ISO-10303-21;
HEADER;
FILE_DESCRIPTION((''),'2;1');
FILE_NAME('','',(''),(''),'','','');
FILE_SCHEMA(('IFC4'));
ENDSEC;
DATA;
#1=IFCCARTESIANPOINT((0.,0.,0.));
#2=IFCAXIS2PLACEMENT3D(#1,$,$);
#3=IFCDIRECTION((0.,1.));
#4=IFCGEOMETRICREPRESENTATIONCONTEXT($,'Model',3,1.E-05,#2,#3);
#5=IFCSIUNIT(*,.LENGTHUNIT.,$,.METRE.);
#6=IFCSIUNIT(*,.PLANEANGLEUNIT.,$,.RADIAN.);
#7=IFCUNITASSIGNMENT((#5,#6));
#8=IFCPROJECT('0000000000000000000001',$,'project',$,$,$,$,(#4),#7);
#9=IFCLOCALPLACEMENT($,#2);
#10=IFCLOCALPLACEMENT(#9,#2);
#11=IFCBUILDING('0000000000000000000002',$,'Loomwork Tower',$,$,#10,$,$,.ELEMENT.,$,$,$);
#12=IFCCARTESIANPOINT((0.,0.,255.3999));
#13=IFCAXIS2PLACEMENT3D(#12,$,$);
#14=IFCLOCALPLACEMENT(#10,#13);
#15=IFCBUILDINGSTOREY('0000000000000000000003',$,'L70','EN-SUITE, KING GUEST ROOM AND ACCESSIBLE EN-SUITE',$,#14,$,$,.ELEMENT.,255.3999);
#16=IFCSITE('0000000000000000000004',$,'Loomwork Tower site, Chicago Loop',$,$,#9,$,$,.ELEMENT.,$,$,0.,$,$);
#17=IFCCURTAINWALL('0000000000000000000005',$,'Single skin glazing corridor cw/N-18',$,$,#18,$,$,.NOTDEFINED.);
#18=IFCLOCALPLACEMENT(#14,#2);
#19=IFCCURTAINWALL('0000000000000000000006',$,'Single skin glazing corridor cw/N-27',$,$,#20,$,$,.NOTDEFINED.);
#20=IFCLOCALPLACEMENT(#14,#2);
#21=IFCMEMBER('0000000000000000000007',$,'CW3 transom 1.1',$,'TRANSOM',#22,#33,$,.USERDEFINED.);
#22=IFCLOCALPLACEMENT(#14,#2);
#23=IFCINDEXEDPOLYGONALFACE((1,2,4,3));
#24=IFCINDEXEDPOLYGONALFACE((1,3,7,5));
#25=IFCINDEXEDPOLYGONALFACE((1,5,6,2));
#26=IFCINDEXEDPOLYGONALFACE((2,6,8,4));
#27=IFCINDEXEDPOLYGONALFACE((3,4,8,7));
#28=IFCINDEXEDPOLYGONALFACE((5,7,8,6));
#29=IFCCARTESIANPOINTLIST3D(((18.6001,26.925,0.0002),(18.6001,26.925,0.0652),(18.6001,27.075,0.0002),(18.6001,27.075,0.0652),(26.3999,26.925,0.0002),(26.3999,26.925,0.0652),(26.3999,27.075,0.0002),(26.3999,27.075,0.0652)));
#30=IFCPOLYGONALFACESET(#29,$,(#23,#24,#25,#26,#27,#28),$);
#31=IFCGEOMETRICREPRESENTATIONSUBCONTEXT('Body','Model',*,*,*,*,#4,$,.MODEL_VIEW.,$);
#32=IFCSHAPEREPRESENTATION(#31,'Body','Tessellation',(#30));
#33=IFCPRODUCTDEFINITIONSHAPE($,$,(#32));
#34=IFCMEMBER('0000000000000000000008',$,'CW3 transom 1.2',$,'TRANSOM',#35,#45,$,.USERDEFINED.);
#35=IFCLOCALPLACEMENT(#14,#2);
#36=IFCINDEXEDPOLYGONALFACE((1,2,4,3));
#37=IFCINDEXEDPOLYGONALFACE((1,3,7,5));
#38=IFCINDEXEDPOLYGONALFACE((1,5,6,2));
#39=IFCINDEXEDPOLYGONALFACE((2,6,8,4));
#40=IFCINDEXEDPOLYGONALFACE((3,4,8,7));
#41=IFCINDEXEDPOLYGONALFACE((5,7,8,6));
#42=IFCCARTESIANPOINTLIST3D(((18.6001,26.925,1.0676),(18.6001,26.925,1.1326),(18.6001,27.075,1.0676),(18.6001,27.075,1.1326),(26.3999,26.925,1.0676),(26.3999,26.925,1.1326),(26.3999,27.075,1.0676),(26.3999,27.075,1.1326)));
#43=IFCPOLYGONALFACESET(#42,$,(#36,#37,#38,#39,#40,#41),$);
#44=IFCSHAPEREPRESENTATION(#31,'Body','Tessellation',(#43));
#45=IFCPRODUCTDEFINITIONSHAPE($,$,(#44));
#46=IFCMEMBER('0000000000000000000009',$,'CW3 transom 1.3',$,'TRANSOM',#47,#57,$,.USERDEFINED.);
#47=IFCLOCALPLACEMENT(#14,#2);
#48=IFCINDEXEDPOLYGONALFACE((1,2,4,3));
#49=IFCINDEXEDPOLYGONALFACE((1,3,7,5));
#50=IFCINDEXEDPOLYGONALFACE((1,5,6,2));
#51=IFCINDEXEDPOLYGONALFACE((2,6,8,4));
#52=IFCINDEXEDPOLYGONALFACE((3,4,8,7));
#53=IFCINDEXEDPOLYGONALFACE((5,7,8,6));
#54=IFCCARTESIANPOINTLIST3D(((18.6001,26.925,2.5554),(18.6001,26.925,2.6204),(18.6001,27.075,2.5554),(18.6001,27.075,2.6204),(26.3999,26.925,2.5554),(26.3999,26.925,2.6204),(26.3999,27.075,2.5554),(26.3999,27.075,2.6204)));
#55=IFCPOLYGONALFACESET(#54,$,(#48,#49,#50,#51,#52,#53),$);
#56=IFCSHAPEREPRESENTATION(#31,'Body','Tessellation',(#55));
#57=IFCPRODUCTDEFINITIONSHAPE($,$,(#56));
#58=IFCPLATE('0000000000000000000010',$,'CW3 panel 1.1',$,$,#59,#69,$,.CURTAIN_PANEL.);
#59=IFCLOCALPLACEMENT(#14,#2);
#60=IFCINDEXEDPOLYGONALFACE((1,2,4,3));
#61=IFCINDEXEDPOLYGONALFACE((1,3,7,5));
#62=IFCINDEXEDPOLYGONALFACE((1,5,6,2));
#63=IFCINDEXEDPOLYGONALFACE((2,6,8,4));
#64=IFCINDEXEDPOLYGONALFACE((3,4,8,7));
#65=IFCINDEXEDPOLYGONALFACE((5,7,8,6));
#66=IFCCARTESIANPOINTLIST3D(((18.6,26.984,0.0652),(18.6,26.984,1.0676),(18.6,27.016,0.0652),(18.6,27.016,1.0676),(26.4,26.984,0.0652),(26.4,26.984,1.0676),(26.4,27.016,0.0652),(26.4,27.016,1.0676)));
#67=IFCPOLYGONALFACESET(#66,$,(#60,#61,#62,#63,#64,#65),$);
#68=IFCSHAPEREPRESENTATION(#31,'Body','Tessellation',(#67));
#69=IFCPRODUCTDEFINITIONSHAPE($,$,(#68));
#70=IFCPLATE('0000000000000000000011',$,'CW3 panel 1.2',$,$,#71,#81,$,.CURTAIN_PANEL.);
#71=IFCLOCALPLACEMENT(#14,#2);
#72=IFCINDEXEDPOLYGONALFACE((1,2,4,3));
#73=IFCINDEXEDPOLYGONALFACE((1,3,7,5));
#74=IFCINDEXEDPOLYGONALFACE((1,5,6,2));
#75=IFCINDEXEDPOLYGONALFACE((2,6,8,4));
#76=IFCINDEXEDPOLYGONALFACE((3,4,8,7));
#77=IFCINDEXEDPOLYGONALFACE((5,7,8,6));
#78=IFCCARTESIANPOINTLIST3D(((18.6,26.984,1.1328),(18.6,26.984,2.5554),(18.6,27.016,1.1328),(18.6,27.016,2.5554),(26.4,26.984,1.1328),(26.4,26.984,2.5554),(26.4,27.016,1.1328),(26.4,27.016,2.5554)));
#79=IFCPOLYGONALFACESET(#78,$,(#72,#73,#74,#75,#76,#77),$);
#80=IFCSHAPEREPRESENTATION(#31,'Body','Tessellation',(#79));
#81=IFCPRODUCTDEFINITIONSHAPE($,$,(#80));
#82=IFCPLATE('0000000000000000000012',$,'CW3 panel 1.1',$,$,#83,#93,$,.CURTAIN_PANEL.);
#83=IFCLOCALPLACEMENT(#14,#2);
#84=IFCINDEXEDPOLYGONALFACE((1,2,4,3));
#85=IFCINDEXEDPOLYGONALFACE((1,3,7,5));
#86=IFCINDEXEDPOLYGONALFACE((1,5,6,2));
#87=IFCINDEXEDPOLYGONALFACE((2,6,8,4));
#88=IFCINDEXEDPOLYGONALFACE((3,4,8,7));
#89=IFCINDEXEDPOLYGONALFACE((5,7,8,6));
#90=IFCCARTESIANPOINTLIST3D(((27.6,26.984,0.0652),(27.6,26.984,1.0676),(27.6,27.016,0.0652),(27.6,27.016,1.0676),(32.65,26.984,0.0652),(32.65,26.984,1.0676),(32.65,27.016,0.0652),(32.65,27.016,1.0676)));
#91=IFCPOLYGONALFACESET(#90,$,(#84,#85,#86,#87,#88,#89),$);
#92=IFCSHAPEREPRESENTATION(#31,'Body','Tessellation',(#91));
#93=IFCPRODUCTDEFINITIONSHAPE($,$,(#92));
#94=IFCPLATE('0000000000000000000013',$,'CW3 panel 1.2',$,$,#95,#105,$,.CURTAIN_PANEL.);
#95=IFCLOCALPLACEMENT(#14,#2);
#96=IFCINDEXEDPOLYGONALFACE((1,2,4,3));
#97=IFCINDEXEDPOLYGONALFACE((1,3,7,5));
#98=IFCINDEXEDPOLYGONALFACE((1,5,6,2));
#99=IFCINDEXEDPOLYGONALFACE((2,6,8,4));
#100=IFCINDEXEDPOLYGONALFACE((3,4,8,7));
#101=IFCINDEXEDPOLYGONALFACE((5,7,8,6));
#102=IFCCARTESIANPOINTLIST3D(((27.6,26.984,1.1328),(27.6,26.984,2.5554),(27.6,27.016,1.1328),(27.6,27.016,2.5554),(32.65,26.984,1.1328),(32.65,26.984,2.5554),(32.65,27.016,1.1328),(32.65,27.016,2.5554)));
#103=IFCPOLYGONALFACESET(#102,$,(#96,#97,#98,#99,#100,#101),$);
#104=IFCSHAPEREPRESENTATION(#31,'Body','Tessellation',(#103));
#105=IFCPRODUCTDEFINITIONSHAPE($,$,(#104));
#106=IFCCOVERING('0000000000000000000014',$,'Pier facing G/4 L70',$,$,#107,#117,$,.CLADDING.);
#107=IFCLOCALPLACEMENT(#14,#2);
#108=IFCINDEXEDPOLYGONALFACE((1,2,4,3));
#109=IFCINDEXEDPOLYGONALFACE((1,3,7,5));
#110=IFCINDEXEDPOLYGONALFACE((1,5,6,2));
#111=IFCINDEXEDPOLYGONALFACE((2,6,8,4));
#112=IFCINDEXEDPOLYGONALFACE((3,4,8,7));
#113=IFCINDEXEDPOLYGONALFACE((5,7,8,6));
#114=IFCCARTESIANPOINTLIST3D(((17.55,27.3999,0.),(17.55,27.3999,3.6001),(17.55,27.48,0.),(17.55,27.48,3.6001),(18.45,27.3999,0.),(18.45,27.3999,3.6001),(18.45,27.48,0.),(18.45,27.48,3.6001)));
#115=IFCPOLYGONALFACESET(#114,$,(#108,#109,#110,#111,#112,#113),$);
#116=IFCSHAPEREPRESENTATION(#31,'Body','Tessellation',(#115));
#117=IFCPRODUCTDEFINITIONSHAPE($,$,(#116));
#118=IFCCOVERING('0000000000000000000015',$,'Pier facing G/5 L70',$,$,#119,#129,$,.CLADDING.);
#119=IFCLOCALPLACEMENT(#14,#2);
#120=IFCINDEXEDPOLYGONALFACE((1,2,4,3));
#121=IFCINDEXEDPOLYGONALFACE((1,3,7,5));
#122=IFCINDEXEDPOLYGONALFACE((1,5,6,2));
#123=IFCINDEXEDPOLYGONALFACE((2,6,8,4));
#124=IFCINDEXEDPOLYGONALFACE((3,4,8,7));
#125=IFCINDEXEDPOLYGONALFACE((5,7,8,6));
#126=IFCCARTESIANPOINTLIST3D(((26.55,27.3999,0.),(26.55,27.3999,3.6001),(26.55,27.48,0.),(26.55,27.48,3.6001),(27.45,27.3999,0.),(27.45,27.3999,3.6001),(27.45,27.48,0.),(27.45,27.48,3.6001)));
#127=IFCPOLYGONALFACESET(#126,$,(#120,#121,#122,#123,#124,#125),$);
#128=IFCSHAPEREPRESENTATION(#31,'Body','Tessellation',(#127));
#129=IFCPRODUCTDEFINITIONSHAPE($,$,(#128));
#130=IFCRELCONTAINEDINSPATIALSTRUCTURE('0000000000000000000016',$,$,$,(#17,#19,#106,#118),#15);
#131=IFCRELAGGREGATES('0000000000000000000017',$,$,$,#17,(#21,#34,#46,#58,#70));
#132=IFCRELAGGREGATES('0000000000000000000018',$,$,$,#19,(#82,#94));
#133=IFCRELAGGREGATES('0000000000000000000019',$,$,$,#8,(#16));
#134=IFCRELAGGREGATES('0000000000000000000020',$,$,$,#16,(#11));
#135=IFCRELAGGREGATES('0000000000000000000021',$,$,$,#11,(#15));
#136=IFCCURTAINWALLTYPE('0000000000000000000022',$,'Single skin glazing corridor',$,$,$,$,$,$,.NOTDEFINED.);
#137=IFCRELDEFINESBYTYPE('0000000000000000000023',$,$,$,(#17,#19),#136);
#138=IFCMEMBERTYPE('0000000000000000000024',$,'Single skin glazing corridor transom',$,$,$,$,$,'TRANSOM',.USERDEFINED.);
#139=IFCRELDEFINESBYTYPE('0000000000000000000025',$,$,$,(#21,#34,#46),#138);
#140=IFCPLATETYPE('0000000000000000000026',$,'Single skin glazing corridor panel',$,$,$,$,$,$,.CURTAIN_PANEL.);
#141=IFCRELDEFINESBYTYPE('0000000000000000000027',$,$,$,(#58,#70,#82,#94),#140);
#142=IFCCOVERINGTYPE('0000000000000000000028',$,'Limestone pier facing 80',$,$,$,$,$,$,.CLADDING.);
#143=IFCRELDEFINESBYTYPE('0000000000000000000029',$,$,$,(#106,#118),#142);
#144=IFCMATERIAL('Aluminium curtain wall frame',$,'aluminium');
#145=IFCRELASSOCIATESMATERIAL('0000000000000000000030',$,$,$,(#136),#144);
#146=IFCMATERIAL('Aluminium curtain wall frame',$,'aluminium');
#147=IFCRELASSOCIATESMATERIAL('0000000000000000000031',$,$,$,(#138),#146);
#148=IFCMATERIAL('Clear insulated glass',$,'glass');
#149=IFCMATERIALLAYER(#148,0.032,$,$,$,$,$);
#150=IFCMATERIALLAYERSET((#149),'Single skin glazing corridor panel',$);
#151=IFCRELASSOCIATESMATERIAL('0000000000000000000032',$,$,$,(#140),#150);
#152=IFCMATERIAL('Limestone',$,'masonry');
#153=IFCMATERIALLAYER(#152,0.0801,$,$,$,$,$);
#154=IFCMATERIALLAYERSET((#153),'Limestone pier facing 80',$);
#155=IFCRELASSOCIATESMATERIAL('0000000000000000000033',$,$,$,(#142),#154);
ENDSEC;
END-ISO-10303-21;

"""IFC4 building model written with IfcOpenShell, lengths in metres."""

from ifc_helpers import new_model, si_unit, direction, frame, origin, origin_2d, place, context, subcontext, project, spatial, rectangle, extrude, material, layer, layer_set, material_profile, profile_set, type_object, element, aggregate, save


model = new_model("IFC4")

# Units and contexts
model_context = context("Model", 3, precision=1e-05, world=origin(), true_north=direction((0.0, 1.0)))
body_context = subcontext(model_context, "Body", "Model", "MODEL_VIEW")
ifc_project = project(units=[si_unit("LENGTHUNIT", "METRE"), si_unit("PLANEANGLEUNIT", "RADIAN")], contexts=[model_context])

# Site, building, storey
site_placement = place(None, origin())
site = spatial("IfcSite", under=ifc_project, at=site_placement, Name="Loomwork Tower site, Chicago Loop", CompositionType="ELEMENT", RefElevation=0.0)
building_placement = place(site_placement, origin())
building = spatial("IfcBuilding", under=site, at=building_placement, Name="Loomwork Tower", CompositionType="ELEMENT")
storey_placement = place(building_placement, frame((0.0, 0.0, 255.3999)))
storey = spatial("IfcBuildingStorey", under=building, at=storey_placement, Name="L70", Description="EN-SUITE, KING GUEST ROOM AND ACCESSIBLE EN-SUITE", CompositionType="ELEMENT", Elevation=255.3999)

# Shared definitions
ifc_material_1 = material(Name="Aluminium curtain wall frame", Category="aluminium")
curtain_wall_type = type_object("IfcCurtainWallType", Name="Single skin glazing corridor", PredefinedType="NOTDEFINED", material=ifc_material_1)

# Curtain wall
curtain_wall_1_placement = place(storey_placement, origin())
curtain_wall_1 = element("IfcCurtainWall", 1, at=curtain_wall_1_placement, inside=storey, type_object=curtain_wall_type, Name="Single skin glazing corridor cw/N-18", PredefinedType="NOTDEFINED")

# Curtain wall
curtain_wall_2_placement = place(storey_placement, origin())
curtain_wall_2 = element("IfcCurtainWall", 2, at=curtain_wall_2_placement, inside=storey, type_object=curtain_wall_type, Name="Single skin glazing corridor cw/N-27", PredefinedType="NOTDEFINED")

# Members
ifc_material_2 = material(Name="Aluminium curtain wall frame", Category="aluminium")
ifc_material_profile_1 = material_profile(ifc_material_2, rectangle(XDim=0.1499, YDim=0.0649, at=origin_2d()), Name="AL 65x150")
ifc_profile_set_1 = profile_set([ifc_material_profile_1], Name="Aluminium curtain wall frame")
member_type_1 = type_object("IfcMemberType", Name="Single skin glazing corridor transom", ElementType="TRANSOM", PredefinedType="USERDEFINED", material=ifc_profile_set_1)
member_1_placement = place(storey_placement, frame((26.3999, 27.0, 0.0327), z_axis=(-1.0, 0.0, 0.0), x_axis=(0.0, -1.0, 0.0)))
member_1 = element("IfcMember", 3, at=member_1_placement, type_object=member_type_1, Name="CW3 transom 1.1", ObjectType="TRANSOM", PredefinedType="USERDEFINED", context=body_context, shape_type="SweptSolid", body=[
    extrude(rectangle(XDim=0.1499, YDim=0.0649, at=origin_2d()), origin(), (0.0, 0.0, 1.0), 7.7998),
])
member_2_placement = place(storey_placement, frame((26.3999, 27.0, 1.1001), z_axis=(-1.0, 0.0, 0.0), x_axis=(0.0, -1.0, 0.0)))
member_2 = element("IfcMember", 4, at=member_2_placement, type_object=member_type_1, Name="CW3 transom 1.2", ObjectType="TRANSOM", PredefinedType="USERDEFINED", context=body_context, shape_type="SweptSolid", body=[
    extrude(rectangle(XDim=0.1499, YDim=0.0649, at=origin_2d()), origin(), (0.0, 0.0, 1.0), 7.7998),
])
member_3_placement = place(storey_placement, frame((26.3999, 27.0, 2.5879), z_axis=(-1.0, 0.0, 0.0), x_axis=(0.0, -1.0, 0.0)))
member_3 = element("IfcMember", 5, at=member_3_placement, type_object=member_type_1, Name="CW3 transom 1.3", ObjectType="TRANSOM", PredefinedType="USERDEFINED", context=body_context, shape_type="SweptSolid", body=[
    extrude(rectangle(XDim=0.1499, YDim=0.0649, at=origin_2d()), origin(), (0.0, 0.0, 1.0), 7.7998),
])

# Plates
ifc_material_3 = material(Name="Clear insulated glass", Category="glass")
ifc_layer_1 = layer(ifc_material_3, 0.032)
ifc_layer_set_1 = layer_set([ifc_layer_1], Name="Single skin glazing corridor panel")
plate_type = type_object("IfcPlateType", Name="Single skin glazing corridor panel", PredefinedType="CURTAIN_PANEL", material=ifc_layer_set_1)
plate_1_placement = place(storey_placement, frame((22.5, 27.0, 0.0652), z_axis=(0.0, 0.0, 1.0), x_axis=(-1.0, 0.0, 0.0)))
plate_1 = element("IfcPlate", 6, at=plate_1_placement, type_object=plate_type, Name="CW3 panel 1.1", PredefinedType="CURTAIN_PANEL", context=body_context, shape_type="SweptSolid", body=[
    extrude(rectangle(XDim=7.8, YDim=0.032, at=origin_2d()), origin(), (0.0, 0.0, 1.0), 1.0024),
])
plate_2_placement = place(storey_placement, frame((22.5, 27.0, 1.1328), z_axis=(0.0, 0.0, 1.0), x_axis=(-1.0, 0.0, 0.0)))
plate_2 = element("IfcPlate", 7, at=plate_2_placement, type_object=plate_type, Name="CW3 panel 1.2", PredefinedType="CURTAIN_PANEL", context=body_context, shape_type="SweptSolid", body=[
    extrude(rectangle(XDim=7.8, YDim=0.032, at=origin_2d()), origin(), (0.0, 0.0, 1.0), 1.4226),
])
aggregate(curtain_wall_1, [member_1, member_2, member_3, plate_1, plate_2])
plate_3_placement = place(storey_placement, frame((30.125, 27.0, 0.0652), z_axis=(0.0, 0.0, 1.0), x_axis=(-1.0, 0.0, 0.0)))
plate_3 = element("IfcPlate", 8, at=plate_3_placement, type_object=plate_type, Name="CW3 panel 1.1", PredefinedType="CURTAIN_PANEL", context=body_context, shape_type="SweptSolid", body=[
    extrude(rectangle(XDim=5.05, YDim=0.032, at=origin_2d()), origin(), (0.0, 0.0, 1.0), 1.0024),
])
plate_4_placement = place(storey_placement, frame((30.125, 27.0, 1.1328), z_axis=(0.0, 0.0, 1.0), x_axis=(-1.0, 0.0, 0.0)))
plate_4 = element("IfcPlate", 9, at=plate_4_placement, type_object=plate_type, Name="CW3 panel 1.2", PredefinedType="CURTAIN_PANEL", context=body_context, shape_type="SweptSolid", body=[
    extrude(rectangle(XDim=5.05, YDim=0.032, at=origin_2d()), origin(), (0.0, 0.0, 1.0), 1.4226),
])
aggregate(curtain_wall_2, [plate_3, plate_4])

# Coverings
ifc_material_4 = material(Name="Limestone", Category="masonry")
ifc_layer_2 = layer(ifc_material_4, 0.0801)
ifc_layer_set_2 = layer_set([ifc_layer_2], Name="Limestone pier facing 80")
covering_type = type_object("IfcCoveringType", Name="Limestone pier facing 80", PredefinedType="CLADDING", material=ifc_layer_set_2)
for number, where, z_axis, x_axis, name in (
    (10, (18.0, 27.4399, 0.0), (0.0, 0.0, 1.0), (1.0, 0.0, 0.0), "Pier facing G/4 L70"),
    (11, (27.0, 27.4399, 0.0), (0.0, 0.0, 1.0), (1.0, 0.0, 0.0), "Pier facing G/5 L70"),
):
    element("IfcCovering", number, at=place(storey_placement, frame(where, z_axis=z_axis, x_axis=x_axis)), inside=storey, type_object=covering_type, Name=name, PredefinedType="CLADDING", context=body_context, shape_type="SweptSolid", body=[
        extrude(rectangle(XDim=0.8999, YDim=0.0801, at=origin_2d()), origin(), (0.0, 0.0, 1.0), 3.6001),
    ])

save(model, "model.ifc")
